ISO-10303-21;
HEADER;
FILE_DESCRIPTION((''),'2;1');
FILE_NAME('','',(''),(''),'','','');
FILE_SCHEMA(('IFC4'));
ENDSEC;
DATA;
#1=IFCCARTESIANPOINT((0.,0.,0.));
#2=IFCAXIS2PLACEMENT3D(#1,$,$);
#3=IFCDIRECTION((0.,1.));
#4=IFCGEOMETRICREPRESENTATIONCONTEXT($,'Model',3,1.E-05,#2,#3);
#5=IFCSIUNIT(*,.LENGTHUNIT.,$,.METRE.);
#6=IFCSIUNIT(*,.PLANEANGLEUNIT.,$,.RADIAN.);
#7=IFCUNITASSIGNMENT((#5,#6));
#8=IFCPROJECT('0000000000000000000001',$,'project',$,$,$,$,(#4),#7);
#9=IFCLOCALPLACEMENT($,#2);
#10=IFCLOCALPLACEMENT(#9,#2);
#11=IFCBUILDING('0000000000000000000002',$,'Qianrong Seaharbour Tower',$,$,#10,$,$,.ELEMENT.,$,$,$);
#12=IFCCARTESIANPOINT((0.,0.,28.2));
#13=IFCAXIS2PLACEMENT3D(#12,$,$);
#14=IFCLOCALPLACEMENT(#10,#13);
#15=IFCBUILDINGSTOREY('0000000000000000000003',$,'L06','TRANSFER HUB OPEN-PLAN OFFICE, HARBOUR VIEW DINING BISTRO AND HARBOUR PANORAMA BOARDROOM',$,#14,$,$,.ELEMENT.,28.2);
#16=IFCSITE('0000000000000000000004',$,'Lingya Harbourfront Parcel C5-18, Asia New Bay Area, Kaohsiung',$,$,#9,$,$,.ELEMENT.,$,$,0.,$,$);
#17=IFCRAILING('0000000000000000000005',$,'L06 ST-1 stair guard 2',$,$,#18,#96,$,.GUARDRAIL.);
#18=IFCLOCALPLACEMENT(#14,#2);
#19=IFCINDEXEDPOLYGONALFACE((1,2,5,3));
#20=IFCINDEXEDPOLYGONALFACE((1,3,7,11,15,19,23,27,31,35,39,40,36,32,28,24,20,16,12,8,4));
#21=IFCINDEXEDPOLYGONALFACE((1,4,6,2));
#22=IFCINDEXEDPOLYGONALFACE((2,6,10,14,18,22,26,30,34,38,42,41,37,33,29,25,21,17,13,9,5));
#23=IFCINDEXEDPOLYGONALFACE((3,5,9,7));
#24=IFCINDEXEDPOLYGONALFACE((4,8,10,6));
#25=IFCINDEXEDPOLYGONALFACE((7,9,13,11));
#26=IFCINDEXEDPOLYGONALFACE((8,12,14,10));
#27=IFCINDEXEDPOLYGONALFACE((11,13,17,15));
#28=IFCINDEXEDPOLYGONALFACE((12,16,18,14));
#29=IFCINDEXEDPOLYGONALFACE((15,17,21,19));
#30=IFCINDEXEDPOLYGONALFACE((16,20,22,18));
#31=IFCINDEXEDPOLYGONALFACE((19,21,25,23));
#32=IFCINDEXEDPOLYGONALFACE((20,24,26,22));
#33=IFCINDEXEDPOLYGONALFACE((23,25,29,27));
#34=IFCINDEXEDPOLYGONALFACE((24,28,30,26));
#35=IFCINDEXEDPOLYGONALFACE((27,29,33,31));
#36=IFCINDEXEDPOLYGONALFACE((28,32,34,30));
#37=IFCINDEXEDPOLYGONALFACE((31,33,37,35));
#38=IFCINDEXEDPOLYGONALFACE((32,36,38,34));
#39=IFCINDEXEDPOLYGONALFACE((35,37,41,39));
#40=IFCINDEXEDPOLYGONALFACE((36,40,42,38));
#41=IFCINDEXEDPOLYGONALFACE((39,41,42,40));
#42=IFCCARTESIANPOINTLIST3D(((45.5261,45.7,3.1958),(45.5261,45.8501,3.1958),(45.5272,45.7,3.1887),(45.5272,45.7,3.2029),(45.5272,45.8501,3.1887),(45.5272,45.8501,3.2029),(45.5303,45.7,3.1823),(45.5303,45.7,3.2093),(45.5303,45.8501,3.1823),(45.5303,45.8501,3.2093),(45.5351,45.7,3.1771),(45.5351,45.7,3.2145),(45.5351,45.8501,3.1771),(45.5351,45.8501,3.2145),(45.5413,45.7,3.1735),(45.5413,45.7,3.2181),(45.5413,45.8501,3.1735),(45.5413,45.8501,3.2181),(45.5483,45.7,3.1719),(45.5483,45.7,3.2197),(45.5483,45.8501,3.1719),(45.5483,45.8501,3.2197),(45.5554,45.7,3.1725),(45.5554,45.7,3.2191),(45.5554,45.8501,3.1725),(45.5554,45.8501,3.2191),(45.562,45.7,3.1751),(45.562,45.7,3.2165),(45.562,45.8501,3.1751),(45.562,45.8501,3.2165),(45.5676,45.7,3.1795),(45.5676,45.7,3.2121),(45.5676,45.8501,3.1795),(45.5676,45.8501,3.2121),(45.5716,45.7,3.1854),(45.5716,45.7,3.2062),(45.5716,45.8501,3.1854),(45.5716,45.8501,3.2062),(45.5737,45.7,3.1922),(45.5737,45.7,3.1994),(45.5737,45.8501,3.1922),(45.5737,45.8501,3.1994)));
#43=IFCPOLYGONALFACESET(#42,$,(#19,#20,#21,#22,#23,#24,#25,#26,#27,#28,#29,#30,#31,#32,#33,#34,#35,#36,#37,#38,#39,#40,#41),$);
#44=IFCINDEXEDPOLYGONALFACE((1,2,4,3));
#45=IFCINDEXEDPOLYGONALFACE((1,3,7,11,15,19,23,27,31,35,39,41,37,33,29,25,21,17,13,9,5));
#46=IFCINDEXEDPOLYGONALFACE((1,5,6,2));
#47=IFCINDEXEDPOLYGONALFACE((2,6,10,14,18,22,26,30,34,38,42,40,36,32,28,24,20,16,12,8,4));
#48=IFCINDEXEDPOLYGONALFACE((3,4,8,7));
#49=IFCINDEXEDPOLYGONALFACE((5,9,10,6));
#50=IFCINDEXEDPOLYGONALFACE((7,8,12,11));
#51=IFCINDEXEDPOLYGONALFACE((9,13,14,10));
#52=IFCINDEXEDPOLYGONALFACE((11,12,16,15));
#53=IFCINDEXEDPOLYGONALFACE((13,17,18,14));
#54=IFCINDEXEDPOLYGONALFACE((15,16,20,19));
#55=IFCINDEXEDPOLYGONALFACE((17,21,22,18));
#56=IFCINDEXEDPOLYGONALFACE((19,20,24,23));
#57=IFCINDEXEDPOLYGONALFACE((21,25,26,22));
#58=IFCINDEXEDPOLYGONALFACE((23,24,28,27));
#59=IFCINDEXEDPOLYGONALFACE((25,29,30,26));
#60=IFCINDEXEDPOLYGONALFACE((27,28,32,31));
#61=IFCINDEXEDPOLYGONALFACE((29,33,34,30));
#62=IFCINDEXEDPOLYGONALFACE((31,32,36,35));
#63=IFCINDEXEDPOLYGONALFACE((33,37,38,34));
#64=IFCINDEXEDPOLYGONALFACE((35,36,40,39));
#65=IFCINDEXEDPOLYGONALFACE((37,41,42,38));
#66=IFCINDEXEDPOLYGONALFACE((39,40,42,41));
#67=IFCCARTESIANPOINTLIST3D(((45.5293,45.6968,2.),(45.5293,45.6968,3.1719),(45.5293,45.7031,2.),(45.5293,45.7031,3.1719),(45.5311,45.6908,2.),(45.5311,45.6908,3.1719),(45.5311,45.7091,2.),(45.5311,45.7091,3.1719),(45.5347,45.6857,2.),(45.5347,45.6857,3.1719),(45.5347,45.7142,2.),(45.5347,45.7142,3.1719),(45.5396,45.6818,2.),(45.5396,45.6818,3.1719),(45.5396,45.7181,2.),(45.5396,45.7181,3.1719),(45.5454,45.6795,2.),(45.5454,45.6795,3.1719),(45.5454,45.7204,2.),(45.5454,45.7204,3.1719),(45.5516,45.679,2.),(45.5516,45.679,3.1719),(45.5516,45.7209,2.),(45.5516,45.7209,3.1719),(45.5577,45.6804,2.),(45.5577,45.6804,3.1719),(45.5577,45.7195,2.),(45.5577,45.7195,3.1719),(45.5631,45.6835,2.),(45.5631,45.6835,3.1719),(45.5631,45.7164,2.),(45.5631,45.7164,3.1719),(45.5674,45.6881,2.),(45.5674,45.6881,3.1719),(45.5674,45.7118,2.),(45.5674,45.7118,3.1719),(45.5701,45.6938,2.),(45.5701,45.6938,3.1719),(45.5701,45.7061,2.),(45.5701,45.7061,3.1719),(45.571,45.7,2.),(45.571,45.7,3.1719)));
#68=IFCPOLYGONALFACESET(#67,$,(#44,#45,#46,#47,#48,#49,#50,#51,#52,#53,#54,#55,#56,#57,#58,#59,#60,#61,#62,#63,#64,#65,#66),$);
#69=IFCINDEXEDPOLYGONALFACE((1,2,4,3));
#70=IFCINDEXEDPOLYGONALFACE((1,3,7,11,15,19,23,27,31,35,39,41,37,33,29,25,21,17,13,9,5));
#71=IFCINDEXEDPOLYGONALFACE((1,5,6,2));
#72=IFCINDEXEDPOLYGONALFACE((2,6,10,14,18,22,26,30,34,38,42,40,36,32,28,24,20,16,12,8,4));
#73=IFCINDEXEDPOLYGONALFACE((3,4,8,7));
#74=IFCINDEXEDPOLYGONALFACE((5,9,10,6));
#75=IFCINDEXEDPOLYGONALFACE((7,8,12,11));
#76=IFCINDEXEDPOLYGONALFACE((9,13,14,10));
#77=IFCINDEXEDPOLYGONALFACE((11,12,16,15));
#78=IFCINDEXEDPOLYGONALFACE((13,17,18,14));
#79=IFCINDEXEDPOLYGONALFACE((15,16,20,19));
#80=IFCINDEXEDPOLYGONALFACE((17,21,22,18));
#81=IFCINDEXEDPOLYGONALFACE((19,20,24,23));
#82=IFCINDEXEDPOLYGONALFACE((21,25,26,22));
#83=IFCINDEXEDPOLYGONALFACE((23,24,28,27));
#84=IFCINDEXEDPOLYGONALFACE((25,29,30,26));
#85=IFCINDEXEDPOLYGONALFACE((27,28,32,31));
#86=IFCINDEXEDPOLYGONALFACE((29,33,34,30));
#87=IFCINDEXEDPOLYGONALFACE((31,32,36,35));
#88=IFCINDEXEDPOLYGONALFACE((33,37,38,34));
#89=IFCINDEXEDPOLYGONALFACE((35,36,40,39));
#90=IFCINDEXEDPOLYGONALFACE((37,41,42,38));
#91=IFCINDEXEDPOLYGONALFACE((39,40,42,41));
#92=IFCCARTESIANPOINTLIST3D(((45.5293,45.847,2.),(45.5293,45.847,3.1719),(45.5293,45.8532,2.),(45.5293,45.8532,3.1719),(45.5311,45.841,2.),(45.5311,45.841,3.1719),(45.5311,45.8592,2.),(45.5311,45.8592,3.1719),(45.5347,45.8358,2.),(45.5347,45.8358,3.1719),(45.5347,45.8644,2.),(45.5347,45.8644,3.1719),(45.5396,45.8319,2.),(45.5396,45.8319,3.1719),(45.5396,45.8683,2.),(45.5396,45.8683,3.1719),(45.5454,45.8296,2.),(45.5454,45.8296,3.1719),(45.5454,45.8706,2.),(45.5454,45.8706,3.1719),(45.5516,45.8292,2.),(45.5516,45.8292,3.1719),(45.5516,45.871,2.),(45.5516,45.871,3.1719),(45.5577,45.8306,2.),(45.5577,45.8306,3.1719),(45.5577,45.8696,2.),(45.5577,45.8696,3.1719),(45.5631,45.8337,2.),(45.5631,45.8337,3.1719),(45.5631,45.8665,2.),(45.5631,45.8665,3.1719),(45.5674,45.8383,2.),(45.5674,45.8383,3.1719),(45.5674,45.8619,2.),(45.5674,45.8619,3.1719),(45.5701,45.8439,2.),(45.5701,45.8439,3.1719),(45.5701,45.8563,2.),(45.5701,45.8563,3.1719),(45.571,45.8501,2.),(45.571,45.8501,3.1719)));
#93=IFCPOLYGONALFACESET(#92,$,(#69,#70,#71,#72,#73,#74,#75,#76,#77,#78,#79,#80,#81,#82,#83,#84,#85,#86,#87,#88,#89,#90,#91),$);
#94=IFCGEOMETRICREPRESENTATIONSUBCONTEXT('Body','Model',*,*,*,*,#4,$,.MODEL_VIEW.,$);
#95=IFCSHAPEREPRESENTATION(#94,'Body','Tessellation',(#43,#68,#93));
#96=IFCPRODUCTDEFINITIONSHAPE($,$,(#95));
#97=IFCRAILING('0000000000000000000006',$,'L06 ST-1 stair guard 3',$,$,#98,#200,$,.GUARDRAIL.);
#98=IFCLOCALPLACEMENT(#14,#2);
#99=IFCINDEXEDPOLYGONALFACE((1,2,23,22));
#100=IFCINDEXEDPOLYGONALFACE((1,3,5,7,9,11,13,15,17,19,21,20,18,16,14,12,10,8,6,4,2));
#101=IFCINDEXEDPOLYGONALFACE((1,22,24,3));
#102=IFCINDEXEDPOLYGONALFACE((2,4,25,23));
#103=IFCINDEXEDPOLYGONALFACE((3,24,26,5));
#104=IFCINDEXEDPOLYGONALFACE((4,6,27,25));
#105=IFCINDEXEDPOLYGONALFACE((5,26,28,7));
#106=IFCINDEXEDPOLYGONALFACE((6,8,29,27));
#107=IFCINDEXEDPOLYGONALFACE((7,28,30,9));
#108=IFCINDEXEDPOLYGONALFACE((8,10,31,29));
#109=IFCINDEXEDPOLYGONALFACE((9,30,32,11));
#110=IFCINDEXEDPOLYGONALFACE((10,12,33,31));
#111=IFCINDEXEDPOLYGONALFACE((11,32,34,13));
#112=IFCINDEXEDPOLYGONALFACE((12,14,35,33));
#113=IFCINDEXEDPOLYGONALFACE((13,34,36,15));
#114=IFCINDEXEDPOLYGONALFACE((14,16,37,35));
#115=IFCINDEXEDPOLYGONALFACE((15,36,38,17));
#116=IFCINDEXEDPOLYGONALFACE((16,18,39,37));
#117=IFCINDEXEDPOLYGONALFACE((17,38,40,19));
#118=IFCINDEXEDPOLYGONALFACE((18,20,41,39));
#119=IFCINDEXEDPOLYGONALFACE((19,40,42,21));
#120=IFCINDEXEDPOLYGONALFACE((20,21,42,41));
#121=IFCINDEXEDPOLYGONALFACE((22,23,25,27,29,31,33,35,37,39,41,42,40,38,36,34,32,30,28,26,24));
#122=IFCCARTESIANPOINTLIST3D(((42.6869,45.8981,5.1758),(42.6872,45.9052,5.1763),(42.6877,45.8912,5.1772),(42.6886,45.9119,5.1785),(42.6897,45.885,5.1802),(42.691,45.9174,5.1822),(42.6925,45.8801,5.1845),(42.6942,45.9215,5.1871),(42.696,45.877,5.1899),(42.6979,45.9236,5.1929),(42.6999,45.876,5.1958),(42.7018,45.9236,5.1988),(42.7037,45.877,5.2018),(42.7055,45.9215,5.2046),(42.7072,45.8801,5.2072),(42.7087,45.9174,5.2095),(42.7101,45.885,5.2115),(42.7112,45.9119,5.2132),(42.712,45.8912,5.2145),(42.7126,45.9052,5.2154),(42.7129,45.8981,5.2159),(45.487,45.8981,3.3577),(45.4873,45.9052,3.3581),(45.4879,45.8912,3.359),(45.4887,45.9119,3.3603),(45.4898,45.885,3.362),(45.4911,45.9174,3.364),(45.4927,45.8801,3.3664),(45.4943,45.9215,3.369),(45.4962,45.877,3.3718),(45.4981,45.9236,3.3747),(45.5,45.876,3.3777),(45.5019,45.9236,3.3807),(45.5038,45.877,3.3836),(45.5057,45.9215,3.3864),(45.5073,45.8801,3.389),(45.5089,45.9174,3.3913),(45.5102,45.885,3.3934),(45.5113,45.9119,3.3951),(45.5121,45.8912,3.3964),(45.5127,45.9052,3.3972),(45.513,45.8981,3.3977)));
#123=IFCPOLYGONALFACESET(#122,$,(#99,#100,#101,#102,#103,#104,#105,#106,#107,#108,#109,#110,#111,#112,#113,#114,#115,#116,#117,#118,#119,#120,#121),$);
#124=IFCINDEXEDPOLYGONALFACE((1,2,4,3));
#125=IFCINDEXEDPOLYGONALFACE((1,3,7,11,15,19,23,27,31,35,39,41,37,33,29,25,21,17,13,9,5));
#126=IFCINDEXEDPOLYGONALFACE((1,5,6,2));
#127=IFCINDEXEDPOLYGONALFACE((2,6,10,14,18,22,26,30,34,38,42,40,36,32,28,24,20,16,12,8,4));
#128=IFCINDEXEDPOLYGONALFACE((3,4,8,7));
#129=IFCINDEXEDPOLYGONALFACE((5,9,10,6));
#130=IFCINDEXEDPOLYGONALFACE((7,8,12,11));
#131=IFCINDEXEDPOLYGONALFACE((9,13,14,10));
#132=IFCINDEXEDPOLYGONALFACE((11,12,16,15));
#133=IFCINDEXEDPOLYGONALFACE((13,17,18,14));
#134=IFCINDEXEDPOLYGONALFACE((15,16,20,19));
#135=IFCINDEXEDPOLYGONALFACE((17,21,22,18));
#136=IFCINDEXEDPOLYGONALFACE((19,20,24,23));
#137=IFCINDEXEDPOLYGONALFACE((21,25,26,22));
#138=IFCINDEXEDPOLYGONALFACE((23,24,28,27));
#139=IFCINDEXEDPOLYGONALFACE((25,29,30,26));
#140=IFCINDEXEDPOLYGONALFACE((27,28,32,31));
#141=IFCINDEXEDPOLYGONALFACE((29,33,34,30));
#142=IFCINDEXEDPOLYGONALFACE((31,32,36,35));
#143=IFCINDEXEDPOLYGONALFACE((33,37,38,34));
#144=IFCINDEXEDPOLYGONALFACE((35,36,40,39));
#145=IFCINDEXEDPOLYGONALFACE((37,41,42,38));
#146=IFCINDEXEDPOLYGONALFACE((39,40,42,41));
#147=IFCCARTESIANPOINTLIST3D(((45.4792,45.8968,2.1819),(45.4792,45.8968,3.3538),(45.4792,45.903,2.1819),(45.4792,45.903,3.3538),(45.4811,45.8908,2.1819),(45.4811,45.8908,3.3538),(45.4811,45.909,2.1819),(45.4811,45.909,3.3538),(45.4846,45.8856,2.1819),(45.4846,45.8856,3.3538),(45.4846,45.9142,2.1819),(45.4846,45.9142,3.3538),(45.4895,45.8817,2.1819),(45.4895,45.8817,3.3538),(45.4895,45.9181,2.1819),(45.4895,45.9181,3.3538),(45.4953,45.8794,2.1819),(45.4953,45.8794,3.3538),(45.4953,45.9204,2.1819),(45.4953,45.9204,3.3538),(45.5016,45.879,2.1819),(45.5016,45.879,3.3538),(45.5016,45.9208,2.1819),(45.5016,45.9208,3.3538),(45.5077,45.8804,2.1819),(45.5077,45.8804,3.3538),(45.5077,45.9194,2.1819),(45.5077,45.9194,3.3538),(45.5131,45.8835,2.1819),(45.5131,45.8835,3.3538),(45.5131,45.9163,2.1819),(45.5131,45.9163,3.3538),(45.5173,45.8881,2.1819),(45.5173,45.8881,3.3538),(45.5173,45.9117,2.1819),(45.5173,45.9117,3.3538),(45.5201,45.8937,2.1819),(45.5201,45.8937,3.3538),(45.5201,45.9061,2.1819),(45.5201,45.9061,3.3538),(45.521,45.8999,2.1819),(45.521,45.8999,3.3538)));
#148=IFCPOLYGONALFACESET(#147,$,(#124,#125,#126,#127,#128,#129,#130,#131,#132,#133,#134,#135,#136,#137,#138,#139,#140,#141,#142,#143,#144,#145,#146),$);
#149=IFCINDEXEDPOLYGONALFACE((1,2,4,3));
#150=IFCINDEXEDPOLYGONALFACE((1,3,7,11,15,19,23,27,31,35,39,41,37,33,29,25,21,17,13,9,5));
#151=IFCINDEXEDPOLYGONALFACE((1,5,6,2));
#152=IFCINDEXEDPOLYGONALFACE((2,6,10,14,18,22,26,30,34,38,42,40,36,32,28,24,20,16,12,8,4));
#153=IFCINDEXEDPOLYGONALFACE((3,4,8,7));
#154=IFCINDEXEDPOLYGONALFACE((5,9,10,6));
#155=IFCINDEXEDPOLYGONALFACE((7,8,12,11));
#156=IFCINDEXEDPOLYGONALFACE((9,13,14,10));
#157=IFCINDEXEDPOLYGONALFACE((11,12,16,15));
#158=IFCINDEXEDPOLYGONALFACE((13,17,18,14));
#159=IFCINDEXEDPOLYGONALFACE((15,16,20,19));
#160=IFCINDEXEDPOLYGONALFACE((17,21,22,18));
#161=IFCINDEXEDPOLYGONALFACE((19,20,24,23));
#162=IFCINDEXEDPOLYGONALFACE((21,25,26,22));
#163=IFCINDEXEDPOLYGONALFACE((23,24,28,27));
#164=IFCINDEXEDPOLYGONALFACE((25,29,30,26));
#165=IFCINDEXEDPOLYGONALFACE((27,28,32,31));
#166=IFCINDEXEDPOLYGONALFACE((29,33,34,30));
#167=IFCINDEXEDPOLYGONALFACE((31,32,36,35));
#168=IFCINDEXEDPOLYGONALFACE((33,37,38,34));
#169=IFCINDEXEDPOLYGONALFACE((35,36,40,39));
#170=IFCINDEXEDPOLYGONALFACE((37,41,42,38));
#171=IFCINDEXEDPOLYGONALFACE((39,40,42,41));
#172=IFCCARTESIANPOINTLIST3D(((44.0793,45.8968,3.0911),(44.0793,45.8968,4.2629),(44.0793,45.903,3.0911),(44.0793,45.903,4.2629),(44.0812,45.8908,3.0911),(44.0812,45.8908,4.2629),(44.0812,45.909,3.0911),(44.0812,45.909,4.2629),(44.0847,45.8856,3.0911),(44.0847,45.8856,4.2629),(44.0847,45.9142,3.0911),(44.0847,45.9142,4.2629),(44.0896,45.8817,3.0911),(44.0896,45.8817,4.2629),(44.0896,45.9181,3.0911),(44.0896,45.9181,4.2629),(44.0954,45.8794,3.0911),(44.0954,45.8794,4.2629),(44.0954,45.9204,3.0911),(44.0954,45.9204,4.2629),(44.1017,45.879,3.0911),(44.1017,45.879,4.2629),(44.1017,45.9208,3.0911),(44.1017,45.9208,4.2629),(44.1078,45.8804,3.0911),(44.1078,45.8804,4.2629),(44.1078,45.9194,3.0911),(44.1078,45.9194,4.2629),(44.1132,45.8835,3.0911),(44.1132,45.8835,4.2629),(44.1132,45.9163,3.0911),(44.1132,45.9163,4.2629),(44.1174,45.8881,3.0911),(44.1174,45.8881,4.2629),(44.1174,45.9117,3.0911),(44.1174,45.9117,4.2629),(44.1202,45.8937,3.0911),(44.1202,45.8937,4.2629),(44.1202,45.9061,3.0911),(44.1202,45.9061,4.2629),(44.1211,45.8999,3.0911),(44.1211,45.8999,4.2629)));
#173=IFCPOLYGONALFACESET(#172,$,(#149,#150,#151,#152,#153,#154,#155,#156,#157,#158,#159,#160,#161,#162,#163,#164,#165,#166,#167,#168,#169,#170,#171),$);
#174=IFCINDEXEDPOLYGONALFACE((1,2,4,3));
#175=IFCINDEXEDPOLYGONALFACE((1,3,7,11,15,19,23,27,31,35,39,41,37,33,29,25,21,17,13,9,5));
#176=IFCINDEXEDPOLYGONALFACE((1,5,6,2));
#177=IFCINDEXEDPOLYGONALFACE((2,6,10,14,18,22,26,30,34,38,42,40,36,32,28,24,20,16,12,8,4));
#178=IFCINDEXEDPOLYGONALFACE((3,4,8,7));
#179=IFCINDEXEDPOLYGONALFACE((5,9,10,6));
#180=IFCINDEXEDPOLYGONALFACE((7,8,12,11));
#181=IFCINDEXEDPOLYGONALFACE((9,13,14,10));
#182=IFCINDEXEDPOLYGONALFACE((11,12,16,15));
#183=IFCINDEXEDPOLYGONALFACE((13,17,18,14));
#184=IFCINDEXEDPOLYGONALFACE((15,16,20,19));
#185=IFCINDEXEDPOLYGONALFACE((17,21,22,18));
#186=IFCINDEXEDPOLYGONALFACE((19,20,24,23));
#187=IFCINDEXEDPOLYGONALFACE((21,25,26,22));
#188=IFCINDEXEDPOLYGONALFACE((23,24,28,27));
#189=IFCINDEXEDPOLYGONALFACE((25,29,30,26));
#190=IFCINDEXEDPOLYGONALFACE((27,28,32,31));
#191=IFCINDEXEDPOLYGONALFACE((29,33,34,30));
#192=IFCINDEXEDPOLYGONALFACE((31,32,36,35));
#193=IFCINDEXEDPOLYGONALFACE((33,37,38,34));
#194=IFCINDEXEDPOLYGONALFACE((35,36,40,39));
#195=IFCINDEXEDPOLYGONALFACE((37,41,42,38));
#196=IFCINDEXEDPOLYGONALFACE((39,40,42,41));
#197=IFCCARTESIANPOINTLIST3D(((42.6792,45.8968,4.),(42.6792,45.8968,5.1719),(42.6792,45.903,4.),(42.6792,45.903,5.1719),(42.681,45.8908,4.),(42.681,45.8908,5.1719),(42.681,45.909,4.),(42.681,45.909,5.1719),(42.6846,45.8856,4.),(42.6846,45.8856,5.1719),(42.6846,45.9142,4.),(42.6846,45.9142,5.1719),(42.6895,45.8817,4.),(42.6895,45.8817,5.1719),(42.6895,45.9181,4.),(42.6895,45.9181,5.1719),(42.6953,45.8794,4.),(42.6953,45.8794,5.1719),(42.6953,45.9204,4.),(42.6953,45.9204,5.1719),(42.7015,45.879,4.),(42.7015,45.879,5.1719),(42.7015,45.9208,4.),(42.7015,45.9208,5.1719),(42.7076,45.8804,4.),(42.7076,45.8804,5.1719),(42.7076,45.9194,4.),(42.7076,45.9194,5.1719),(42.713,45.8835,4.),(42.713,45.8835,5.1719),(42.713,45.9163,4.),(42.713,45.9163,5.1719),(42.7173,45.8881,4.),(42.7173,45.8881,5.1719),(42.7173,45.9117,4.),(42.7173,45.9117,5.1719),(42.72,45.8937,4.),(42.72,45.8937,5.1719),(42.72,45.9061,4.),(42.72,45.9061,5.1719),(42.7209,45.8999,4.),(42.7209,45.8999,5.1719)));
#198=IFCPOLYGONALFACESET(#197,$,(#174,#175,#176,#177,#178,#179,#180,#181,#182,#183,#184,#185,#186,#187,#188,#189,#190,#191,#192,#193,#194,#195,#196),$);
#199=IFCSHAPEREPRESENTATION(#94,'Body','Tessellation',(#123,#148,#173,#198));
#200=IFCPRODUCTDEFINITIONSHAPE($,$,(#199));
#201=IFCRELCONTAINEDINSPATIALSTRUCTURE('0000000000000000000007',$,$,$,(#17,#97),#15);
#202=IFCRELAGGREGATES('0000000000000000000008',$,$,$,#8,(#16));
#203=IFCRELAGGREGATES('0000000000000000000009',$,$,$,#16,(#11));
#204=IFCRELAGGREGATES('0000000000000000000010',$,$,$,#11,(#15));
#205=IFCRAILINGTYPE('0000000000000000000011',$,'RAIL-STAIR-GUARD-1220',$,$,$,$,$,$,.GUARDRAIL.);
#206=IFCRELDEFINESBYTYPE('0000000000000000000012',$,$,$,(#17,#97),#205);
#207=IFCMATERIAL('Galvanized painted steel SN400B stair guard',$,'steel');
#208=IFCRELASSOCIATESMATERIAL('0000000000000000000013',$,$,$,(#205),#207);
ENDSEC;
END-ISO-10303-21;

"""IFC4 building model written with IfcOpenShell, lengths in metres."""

from ifc_helpers import new_model, si_unit, direction, frame, origin, origin_2d, place, context, subcontext, project, spatial, circle, extrude, material, type_object, element, save


model = new_model("IFC4")

# Units and contexts
model_context = context("Model", 3, precision=1e-05, world=origin(), true_north=direction((0.0, 1.0)))
body_context = subcontext(model_context, "Body", "Model", "MODEL_VIEW")
ifc_project = project(units=[si_unit("LENGTHUNIT", "METRE"), si_unit("PLANEANGLEUNIT", "RADIAN")], contexts=[model_context])

# Site, building, storey
site_placement = place(None, origin())
site = spatial("IfcSite", under=ifc_project, at=site_placement, Name="Lingya Harbourfront Parcel C5-18, Asia New Bay Area, Kaohsiung", CompositionType="ELEMENT", RefElevation=0.0)
building_placement = place(site_placement, origin())
building = spatial("IfcBuilding", under=site, at=building_placement, Name="Qianrong Seaharbour Tower", CompositionType="ELEMENT")
storey_placement = place(building_placement, frame((0.0, 0.0, 28.2)))
storey = spatial("IfcBuildingStorey", under=building, at=storey_placement, Name="L06", Description="TRANSFER HUB OPEN-PLAN OFFICE, HARBOUR VIEW DINING BISTRO AND HARBOUR PANORAMA BOARDROOM", CompositionType="ELEMENT", Elevation=28.2)

# Railings
ifc_material_1 = material(Name="Galvanized painted steel SN400B stair guard", Category="steel")
railing_type_1 = type_object("IfcRailingType", Name="RAIL-STAIR-GUARD-1220", PredefinedType="GUARDRAIL", material=ifc_material_1)
railing_1_placement = place(storey_placement, frame((45.55, 45.7, 2.0)))
element("IfcRailing", 1, at=railing_1_placement, inside=storey, type_object=railing_type_1, Name="L06 ST-1 stair guard 2", PredefinedType="GUARDRAIL", context=body_context, shape_type="SweptSolid", body=[
    extrude(circle(Radius=0.0239, at=origin_2d()), frame((0.0, 0.0, 1.1958), z_axis=(0.0, 1.0, 0.0), x_axis=(-1.0, 0.0, 0.0)), (0.0, 0.0, 1.0), 0.1501),
    extrude(circle(Radius=0.021, at=origin_2d()), origin(), (0.0, 0.0, 1.0), 1.1719),
    extrude(circle(Radius=0.021, at=origin_2d()), frame((0.0, 0.1501, 0.0)), (0.0, 0.0, 1.0), 1.1719),
])
railing_2_placement = place(storey_placement, frame((45.5, 45.8999, 2.1819)))
element("IfcRailing", 2, at=railing_2_placement, inside=storey, type_object=railing_type_1, Name="L06 ST-1 stair guard 3", PredefinedType="GUARDRAIL", context=body_context, shape_type="SweptSolid", body=[
    extrude(circle(Radius=0.0239, at=origin_2d()), frame((0.0, 0.0, 1.1958), z_axis=(-0.838706, 0.0, 0.544585), x_axis=(0.0, -1.0, 0.0)), (0.0, 0.0, 1.0), 3.3386),
    extrude(circle(Radius=0.021, at=origin_2d()), origin(), (0.0, 0.0, 1.0), 1.1719),
    extrude(circle(Radius=0.021, at=origin_2d()), frame((-1.3999, 0.0, 0.9092)), (0.0, 0.0, 1.0), 1.1719),
    extrude(circle(Radius=0.021, at=origin_2d()), frame((-2.8, 0.0, 1.8181)), (0.0, 0.0, 1.0), 1.1719),
])

save(model, "model.ifc")
